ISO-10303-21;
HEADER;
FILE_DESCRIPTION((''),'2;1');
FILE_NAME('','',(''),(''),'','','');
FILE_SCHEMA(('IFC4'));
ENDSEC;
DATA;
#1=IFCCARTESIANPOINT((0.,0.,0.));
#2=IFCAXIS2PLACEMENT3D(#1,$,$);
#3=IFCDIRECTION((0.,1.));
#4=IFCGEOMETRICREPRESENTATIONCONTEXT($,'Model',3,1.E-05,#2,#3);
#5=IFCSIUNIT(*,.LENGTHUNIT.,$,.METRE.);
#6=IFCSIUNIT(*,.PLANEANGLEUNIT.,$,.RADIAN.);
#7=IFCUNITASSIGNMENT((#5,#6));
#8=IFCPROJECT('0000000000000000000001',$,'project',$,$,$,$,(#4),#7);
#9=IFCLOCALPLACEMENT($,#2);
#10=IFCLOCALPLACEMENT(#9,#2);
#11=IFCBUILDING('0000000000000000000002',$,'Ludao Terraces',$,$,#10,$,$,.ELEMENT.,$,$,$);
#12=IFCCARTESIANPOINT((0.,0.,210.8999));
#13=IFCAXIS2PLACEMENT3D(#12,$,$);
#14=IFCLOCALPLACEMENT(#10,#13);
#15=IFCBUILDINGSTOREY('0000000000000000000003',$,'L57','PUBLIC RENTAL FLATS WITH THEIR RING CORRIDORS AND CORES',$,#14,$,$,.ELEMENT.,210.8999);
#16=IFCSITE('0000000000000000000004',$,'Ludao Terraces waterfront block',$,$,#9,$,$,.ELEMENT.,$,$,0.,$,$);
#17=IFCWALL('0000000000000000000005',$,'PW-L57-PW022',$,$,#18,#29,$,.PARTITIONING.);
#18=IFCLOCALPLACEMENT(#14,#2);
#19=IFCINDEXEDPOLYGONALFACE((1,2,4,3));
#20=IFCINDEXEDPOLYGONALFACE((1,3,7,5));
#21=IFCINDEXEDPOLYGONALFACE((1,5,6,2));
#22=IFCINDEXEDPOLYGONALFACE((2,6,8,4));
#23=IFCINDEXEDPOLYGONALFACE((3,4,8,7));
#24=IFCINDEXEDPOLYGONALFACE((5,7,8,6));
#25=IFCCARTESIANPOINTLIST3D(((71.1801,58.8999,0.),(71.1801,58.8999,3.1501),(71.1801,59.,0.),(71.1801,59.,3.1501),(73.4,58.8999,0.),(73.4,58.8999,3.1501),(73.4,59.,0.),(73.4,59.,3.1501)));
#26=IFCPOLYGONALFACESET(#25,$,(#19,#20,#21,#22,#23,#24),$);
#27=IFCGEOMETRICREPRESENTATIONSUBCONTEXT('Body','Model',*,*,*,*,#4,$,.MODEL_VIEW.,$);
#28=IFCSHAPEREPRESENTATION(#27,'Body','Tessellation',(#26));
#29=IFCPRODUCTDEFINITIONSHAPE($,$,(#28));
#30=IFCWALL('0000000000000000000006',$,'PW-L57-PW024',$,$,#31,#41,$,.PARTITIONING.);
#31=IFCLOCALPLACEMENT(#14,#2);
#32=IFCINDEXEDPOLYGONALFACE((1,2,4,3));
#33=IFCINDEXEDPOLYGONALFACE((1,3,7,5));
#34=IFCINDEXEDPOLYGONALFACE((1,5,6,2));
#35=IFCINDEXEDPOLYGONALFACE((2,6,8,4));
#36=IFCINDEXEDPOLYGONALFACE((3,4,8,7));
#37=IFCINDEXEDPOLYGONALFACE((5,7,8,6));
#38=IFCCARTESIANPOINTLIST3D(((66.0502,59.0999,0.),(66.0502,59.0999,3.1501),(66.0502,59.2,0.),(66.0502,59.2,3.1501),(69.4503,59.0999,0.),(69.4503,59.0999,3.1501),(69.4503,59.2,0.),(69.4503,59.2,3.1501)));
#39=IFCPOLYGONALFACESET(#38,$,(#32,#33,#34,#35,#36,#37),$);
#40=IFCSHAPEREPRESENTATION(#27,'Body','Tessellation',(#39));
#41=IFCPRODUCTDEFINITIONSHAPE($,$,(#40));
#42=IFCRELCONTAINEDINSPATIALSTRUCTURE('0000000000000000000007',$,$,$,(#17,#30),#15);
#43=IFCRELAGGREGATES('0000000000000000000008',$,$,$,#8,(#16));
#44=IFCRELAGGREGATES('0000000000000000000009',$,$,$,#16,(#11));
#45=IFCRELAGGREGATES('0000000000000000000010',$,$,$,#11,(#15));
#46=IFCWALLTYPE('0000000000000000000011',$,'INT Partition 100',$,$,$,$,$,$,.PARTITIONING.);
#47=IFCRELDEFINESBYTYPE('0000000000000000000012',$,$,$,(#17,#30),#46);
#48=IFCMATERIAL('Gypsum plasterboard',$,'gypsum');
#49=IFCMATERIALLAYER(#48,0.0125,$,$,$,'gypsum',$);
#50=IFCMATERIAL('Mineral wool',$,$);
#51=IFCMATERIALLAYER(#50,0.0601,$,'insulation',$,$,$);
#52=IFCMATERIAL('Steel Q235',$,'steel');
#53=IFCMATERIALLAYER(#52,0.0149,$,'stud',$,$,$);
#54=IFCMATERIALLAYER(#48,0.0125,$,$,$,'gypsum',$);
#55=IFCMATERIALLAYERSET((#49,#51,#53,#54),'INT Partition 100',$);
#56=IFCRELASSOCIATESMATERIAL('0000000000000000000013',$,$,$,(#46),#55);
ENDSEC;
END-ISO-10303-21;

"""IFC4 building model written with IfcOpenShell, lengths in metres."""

from ifc_helpers import new_model, si_unit, direction, frame, frame_2d, origin, place, context, subcontext, project, spatial, rectangle, extrude, material, layer, layer_set, type_object, element, save


model = new_model("IFC4")

# Units and contexts
model_context = context("Model", 3, precision=1e-05, world=origin(), true_north=direction((0.0, 1.0)))
body_context = subcontext(model_context, "Body", "Model", "MODEL_VIEW")
ifc_project = project(units=[si_unit("LENGTHUNIT", "METRE"), si_unit("PLANEANGLEUNIT", "RADIAN")], contexts=[model_context])

# Site, building, storey
site_placement = place(None, origin())
site = spatial("IfcSite", under=ifc_project, at=site_placement, Name="Ludao Terraces waterfront block", CompositionType="ELEMENT", RefElevation=0.0)
building_placement = place(site_placement, origin())
building = spatial("IfcBuilding", under=site, at=building_placement, Name="Ludao Terraces", CompositionType="ELEMENT")
storey_placement = place(building_placement, frame((0.0, 0.0, 210.8999)))
storey = spatial("IfcBuildingStorey", under=building, at=storey_placement, Name="L57", Description="PUBLIC RENTAL FLATS WITH THEIR RING CORRIDORS AND CORES", CompositionType="ELEMENT", Elevation=210.8999)

# Shared definitions
ifc_material_1 = material(Name="Steel Q235", Category="steel")

# Walls
ifc_material_2 = material(Name="Gypsum plasterboard", Category="gypsum")
ifc_layer_1 = layer(ifc_material_2, 0.0125, Category="gypsum")
ifc_material_3 = material(Name="Mineral wool")
ifc_layer_2 = layer(ifc_material_3, 0.0601, Name="insulation")
ifc_layer_3 = layer(ifc_material_1, 0.0149, Name="stud")
ifc_layer_4 = layer(ifc_material_2, 0.0125, Category="gypsum")
ifc_layer_set_1 = layer_set([ifc_layer_1, ifc_layer_2, ifc_layer_3, ifc_layer_4], Name="INT Partition 100")
wall_type_1 = type_object("IfcWallType", Name="INT Partition 100", PredefinedType="PARTITIONING", material=ifc_layer_set_1)
for number, where, z_axis, x_axis, name in (
    (1, (71.1802, 58.95, 0.0), (0.0, 0.0, 1.0), (1.0, 0.0, 0.0), "PW-L57-PW022"),
):
    element("IfcWall", number, at=place(storey_placement, frame(where, z_axis=z_axis, x_axis=x_axis)), inside=storey, type_object=wall_type_1, Name=name, PredefinedType="PARTITIONING", context=body_context, shape_type="SweptSolid", body=[
        extrude(rectangle(XDim=2.22, YDim=0.1001, at=frame_2d((1.1099, 0.0))), origin(), (0.0, 0.0, 1.0), 3.1501),
    ])
wall_1_placement = place(storey_placement, frame((66.05, 59.1499, 0.0), z_axis=(0.0, 0.0, 1.0), x_axis=(1.0, 0.0, 0.0)))
element("IfcWall", 2, at=wall_1_placement, inside=storey, type_object=wall_type_1, Name="PW-L57-PW024", PredefinedType="PARTITIONING", context=body_context, shape_type="SweptSolid", body=[
    extrude(rectangle(XDim=3.4001, YDim=0.1001, at=frame_2d((1.7002, 0.0))), origin(), (0.0, 0.0, 1.0), 3.1501),
])

save(model, "model.ifc")
